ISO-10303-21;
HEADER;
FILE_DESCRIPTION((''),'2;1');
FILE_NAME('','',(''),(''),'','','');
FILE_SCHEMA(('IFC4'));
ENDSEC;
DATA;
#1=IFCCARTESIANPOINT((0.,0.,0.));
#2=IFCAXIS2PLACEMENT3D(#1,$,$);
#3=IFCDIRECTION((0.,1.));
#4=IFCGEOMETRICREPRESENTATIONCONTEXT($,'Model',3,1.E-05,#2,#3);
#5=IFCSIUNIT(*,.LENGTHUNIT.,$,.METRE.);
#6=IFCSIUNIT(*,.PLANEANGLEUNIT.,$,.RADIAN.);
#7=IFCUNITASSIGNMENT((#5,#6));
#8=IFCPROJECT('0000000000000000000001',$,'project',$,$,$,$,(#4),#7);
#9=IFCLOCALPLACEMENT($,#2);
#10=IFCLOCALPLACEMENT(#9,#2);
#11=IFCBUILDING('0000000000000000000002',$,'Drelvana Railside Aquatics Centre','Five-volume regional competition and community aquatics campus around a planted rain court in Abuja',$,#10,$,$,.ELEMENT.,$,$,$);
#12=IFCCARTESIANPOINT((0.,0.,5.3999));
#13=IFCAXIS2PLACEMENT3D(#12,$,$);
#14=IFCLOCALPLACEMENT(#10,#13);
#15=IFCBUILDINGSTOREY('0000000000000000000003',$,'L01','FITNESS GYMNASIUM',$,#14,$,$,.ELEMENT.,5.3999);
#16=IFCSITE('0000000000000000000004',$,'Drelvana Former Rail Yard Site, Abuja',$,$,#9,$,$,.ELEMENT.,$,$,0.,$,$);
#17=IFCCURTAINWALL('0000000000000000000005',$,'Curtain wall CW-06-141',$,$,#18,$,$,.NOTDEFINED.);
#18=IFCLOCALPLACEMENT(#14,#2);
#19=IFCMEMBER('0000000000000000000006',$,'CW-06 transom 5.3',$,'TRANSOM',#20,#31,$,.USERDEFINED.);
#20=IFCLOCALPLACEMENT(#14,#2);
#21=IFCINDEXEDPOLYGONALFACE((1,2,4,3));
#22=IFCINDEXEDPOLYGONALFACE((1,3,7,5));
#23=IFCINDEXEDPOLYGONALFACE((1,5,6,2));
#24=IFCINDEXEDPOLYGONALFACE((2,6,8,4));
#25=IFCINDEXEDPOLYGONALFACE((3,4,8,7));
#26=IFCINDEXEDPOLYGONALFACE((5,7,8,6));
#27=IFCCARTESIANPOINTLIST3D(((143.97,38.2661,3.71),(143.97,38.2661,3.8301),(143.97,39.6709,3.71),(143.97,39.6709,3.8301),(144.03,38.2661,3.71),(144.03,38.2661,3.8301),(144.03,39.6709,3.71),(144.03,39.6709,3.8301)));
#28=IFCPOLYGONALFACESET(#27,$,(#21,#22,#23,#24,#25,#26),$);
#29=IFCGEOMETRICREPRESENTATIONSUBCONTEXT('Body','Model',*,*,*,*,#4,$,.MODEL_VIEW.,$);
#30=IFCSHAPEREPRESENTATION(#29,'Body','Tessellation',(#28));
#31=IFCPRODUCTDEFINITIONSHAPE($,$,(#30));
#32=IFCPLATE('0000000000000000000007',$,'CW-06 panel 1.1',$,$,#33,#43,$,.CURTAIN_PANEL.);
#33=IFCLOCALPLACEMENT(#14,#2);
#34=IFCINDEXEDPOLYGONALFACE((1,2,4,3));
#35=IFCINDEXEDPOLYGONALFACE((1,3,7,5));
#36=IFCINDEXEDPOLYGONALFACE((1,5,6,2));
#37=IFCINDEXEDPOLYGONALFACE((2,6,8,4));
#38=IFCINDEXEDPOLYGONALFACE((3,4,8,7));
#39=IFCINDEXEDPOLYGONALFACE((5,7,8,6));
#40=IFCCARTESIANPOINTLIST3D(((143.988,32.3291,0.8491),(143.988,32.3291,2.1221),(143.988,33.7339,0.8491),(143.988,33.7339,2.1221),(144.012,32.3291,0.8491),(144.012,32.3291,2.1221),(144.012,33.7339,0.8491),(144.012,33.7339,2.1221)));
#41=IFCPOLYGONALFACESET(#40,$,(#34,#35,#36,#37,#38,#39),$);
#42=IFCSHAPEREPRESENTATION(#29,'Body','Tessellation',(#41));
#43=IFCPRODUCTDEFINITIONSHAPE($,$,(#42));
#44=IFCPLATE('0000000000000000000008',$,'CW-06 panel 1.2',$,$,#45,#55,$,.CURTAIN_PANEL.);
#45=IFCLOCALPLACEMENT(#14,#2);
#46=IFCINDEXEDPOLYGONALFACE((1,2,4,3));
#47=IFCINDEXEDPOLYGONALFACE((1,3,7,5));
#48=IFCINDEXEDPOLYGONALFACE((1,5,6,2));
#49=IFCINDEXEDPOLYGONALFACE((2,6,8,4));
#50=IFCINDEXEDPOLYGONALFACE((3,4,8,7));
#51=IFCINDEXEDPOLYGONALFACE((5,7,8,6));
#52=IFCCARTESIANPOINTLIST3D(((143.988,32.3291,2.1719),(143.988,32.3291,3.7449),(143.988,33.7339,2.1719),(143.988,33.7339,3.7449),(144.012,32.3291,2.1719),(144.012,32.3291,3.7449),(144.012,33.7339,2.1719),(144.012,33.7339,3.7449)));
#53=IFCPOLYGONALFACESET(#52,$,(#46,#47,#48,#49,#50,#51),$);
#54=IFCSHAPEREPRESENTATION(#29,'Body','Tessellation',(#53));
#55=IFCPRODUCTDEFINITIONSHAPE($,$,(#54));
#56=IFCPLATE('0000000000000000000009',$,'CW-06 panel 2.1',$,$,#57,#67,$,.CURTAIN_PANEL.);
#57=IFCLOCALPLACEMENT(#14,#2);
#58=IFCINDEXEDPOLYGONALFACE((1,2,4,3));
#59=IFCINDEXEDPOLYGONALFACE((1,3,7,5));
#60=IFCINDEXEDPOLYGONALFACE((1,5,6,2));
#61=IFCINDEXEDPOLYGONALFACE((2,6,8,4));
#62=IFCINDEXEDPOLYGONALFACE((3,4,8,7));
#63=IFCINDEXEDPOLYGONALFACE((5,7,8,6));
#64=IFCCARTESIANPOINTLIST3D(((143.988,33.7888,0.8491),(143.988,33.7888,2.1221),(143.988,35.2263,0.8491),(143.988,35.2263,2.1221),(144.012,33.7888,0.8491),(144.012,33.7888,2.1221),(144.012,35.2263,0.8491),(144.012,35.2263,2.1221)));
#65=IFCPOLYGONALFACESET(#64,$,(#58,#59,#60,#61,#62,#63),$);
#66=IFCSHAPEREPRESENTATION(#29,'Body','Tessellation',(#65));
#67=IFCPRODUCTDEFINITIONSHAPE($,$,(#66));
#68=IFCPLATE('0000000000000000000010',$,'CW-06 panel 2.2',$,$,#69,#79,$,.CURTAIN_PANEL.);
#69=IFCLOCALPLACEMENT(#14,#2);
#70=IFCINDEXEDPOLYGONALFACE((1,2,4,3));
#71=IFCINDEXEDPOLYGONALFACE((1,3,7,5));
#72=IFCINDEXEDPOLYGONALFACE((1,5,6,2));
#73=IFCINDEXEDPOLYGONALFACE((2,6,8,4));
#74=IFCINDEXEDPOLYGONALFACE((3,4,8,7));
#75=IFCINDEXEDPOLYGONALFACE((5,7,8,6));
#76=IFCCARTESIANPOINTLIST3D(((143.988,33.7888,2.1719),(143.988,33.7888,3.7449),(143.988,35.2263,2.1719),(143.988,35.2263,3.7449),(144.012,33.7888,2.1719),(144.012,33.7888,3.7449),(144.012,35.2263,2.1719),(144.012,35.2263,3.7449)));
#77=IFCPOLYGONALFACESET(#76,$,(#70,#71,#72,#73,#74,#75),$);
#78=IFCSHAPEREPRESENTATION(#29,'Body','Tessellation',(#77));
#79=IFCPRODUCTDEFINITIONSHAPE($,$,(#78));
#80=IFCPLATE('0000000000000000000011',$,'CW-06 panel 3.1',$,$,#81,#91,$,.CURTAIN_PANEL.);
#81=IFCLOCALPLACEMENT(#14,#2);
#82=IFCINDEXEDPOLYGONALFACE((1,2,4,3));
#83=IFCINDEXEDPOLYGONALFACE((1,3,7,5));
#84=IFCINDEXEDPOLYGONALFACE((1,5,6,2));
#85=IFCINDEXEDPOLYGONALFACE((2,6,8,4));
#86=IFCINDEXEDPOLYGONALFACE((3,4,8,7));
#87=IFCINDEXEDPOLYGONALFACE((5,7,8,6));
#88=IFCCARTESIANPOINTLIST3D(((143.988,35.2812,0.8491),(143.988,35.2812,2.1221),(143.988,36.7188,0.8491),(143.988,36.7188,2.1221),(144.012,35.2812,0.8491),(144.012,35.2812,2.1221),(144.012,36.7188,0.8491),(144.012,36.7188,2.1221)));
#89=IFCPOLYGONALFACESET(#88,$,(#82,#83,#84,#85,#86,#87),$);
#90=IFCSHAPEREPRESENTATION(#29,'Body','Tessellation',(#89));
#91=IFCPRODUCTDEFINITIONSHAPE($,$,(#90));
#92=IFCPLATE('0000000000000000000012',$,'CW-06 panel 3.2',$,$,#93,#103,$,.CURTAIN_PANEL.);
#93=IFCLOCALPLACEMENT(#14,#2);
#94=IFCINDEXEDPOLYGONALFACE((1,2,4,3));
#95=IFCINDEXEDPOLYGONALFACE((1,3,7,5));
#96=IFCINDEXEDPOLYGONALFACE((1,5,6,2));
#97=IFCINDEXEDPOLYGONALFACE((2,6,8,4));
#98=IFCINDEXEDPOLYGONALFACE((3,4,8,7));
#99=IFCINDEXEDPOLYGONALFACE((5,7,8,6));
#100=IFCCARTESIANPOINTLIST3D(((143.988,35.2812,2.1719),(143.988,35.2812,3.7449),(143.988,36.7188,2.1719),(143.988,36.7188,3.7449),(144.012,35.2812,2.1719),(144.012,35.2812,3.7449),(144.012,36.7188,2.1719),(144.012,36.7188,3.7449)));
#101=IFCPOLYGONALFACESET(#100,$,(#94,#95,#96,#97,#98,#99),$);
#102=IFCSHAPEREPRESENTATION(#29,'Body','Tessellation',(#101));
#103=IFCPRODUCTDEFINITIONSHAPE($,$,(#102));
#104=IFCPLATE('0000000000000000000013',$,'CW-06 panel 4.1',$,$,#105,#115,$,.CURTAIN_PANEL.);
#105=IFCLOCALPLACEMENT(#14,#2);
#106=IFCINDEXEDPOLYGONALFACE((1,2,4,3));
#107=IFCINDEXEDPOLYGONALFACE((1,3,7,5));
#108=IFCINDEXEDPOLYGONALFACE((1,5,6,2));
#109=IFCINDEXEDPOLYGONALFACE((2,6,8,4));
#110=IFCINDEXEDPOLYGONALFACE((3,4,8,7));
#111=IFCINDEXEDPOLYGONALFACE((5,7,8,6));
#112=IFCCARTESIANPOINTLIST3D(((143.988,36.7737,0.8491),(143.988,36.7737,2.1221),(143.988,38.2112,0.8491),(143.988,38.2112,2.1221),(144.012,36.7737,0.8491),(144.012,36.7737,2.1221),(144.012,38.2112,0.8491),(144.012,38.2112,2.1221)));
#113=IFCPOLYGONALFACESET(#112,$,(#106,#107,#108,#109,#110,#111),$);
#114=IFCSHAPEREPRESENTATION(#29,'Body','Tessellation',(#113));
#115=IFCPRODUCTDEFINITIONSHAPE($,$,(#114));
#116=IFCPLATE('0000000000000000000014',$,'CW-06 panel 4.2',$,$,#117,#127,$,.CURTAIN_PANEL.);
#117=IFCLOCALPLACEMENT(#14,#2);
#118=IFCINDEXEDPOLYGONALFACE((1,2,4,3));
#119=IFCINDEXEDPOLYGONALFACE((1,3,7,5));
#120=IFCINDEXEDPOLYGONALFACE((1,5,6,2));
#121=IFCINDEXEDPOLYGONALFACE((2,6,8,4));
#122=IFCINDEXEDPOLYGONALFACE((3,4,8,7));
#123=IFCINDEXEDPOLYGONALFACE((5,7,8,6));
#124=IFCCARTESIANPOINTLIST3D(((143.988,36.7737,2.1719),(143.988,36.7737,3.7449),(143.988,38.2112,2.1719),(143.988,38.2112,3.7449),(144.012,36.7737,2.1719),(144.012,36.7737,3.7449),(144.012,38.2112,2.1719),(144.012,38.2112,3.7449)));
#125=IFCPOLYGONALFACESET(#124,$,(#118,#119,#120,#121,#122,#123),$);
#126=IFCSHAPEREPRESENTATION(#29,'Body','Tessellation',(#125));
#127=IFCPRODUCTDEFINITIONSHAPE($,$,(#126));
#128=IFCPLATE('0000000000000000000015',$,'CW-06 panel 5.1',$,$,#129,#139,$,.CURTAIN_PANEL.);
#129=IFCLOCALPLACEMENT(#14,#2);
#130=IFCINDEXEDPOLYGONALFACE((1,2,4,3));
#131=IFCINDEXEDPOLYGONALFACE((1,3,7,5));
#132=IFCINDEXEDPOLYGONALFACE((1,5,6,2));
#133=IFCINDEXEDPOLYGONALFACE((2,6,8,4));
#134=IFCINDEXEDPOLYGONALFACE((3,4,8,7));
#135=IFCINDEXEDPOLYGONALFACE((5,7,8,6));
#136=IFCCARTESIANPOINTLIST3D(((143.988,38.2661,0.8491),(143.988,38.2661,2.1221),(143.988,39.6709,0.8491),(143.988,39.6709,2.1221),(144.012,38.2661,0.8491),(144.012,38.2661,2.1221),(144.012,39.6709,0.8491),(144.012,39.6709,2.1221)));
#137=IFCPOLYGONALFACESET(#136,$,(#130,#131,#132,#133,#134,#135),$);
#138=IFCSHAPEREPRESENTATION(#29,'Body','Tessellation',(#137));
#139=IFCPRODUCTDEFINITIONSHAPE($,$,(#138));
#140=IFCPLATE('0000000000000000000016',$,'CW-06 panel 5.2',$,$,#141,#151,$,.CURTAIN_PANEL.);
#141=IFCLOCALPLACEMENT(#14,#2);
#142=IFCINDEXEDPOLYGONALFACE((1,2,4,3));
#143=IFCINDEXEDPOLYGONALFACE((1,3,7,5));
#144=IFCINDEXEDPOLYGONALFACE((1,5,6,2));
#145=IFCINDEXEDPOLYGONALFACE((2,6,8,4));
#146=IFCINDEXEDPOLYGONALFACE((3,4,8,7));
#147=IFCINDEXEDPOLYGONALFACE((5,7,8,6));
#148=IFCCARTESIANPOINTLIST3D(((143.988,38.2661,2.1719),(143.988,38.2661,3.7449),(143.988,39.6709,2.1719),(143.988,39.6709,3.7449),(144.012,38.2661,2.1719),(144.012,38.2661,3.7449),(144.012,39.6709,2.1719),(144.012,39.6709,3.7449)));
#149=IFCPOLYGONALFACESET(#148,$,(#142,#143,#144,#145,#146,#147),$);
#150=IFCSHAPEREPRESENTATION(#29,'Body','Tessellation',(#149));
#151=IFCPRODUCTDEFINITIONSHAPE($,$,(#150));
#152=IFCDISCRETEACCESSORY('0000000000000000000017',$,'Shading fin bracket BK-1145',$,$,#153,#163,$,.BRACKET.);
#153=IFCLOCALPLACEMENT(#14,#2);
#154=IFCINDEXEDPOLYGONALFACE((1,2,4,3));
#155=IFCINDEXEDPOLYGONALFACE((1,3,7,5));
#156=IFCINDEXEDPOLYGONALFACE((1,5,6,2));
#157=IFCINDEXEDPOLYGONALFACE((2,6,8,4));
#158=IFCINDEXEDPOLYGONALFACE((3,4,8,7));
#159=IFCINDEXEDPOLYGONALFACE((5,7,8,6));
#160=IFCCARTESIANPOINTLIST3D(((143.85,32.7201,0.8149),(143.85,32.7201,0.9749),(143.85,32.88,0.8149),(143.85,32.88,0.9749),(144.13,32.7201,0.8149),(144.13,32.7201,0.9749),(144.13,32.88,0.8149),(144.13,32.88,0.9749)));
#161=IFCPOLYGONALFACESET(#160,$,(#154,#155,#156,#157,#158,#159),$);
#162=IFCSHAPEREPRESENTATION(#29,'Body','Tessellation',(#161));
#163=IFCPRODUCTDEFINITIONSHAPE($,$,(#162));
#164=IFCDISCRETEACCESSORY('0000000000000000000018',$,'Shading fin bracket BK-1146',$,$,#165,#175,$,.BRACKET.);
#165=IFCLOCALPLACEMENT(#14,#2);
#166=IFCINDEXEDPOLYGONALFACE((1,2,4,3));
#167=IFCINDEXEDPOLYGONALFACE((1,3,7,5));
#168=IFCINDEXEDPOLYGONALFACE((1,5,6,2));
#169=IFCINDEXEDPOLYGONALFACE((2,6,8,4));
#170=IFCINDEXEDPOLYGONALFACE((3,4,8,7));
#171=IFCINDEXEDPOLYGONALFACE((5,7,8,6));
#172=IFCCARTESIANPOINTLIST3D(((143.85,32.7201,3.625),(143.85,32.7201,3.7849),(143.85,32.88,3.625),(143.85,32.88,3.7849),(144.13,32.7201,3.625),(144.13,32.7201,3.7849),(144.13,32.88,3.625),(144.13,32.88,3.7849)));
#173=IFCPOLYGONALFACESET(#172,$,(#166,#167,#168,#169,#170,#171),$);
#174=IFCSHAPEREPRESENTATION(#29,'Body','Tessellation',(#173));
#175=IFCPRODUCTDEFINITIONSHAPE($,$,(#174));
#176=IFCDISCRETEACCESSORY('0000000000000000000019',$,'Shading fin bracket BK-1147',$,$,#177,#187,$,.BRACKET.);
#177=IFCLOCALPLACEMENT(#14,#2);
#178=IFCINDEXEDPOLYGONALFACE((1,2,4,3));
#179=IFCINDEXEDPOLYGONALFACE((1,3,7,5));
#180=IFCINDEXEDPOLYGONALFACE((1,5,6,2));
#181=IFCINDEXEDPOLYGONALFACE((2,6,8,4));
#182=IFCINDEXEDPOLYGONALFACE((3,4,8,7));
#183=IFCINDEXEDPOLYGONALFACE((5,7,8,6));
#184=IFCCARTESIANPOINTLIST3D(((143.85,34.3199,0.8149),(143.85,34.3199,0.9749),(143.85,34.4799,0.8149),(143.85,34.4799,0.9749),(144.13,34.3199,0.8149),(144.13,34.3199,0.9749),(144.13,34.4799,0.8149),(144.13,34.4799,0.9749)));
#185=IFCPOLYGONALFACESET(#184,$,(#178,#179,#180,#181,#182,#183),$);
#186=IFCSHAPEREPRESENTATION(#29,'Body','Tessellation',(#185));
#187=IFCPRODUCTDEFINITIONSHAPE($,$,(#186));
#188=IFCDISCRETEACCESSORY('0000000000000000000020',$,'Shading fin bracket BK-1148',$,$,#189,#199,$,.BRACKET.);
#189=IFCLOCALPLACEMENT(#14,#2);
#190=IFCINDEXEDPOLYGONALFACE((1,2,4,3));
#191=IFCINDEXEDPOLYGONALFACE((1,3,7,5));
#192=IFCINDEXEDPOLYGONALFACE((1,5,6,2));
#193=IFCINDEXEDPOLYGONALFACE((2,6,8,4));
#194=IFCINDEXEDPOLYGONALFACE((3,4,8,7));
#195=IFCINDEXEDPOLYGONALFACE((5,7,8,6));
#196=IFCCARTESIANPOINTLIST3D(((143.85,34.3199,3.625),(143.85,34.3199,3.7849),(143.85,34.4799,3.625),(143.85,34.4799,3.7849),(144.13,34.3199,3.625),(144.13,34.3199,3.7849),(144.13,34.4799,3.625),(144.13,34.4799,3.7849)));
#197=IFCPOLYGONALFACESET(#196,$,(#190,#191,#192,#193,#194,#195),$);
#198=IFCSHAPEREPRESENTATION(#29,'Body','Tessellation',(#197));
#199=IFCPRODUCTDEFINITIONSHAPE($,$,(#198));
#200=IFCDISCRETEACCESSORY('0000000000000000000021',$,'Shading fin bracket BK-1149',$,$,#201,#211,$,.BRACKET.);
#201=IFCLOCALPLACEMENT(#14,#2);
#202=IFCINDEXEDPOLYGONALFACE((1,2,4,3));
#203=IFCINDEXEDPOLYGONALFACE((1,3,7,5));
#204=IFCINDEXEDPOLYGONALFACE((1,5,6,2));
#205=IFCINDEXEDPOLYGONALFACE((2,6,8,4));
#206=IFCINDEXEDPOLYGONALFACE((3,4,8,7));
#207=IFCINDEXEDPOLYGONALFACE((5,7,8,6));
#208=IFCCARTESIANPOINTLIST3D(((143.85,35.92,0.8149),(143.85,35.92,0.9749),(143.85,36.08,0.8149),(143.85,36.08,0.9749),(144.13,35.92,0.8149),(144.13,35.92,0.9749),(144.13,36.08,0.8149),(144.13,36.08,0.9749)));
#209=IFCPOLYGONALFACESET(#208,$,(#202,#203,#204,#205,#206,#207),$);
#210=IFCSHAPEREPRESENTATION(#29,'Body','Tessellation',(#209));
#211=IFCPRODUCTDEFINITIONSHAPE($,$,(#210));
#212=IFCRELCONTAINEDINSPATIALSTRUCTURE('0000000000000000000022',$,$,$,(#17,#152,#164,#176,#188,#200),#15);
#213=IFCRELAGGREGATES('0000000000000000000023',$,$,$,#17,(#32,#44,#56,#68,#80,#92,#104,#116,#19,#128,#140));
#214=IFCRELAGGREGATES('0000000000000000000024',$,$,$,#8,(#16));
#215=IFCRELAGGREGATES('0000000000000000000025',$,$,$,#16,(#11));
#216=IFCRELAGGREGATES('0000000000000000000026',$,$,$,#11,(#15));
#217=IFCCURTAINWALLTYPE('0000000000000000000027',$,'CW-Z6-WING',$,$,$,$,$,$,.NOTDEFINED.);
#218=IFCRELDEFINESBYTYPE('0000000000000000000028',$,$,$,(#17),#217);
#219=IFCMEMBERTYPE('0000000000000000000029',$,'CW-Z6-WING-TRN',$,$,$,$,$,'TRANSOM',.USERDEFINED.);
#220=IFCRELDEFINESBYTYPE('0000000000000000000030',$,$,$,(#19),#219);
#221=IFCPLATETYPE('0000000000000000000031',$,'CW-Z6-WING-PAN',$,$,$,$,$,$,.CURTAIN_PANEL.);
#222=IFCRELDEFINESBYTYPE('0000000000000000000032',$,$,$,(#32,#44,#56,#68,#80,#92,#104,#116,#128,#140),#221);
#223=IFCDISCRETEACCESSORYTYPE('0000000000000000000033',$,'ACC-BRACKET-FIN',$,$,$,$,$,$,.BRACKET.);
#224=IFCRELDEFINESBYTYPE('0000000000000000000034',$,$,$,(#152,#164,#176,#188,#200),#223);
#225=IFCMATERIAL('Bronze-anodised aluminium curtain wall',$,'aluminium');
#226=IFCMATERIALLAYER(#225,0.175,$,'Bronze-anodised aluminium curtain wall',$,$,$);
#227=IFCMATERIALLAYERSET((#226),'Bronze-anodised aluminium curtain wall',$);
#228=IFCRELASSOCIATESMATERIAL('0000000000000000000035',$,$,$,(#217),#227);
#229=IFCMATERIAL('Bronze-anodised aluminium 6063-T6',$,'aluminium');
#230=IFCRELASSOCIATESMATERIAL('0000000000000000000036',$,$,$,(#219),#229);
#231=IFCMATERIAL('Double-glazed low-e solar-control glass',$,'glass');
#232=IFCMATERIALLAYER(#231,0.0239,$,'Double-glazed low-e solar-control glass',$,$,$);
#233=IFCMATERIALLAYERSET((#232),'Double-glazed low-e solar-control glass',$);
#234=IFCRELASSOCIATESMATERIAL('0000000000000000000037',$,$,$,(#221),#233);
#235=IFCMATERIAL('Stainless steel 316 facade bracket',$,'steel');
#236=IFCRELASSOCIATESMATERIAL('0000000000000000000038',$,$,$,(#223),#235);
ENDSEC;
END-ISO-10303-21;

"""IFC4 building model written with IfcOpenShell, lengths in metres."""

from ifc_helpers import new_model, si_unit, direction, frame, origin, origin_2d, place, context, subcontext, project, spatial, rectangle, extrude, material, layer, layer_set, material_profile, profile_set, type_object, element, aggregate, save


model = new_model("IFC4")

# Units and contexts
model_context = context("Model", 3, precision=1e-05, world=origin(), true_north=direction((0.0, 1.0)))
body_context = subcontext(model_context, "Body", "Model", "MODEL_VIEW")
ifc_project = project(units=[si_unit("LENGTHUNIT", "METRE"), si_unit("PLANEANGLEUNIT", "RADIAN")], contexts=[model_context])

# Site, building, storey
site_placement = place(None, origin())
site = spatial("IfcSite", under=ifc_project, at=site_placement, Name="Drelvana Former Rail Yard Site, Abuja", CompositionType="ELEMENT", RefElevation=0.0)
building_placement = place(site_placement, origin())
building = spatial("IfcBuilding", under=site, at=building_placement, Name="Drelvana Railside Aquatics Centre", Description="Five-volume regional competition and community aquatics campus around a planted rain court in Abuja", CompositionType="ELEMENT")
storey_placement = place(building_placement, frame((0.0, 0.0, 5.3999)))
storey = spatial("IfcBuildingStorey", under=building, at=storey_placement, Name="L01", Description="FITNESS GYMNASIUM", CompositionType="ELEMENT", Elevation=5.3999)

# Curtain wall, member, plates
ifc_material_1 = material(Name="Bronze-anodised aluminium curtain wall", Category="aluminium")
ifc_layer_1 = layer(ifc_material_1, 0.175, Name="Bronze-anodised aluminium curtain wall")
ifc_layer_set_1 = layer_set([ifc_layer_1], Name="Bronze-anodised aluminium curtain wall")
curtain_wall_type = type_object("IfcCurtainWallType", Name="CW-Z6-WING", PredefinedType="NOTDEFINED", material=ifc_layer_set_1)
curtain_wall_placement = place(storey_placement, origin())
curtain_wall = element("IfcCurtainWall", 1, at=curtain_wall_placement, inside=storey, type_object=curtain_wall_type, Name="Curtain wall CW-06-141", PredefinedType="NOTDEFINED")
ifc_material_2 = material(Name="Bronze-anodised aluminium 6063-T6", Category="aluminium")
ifc_material_profile_1 = material_profile(ifc_material_2, rectangle(XDim=0.1201, YDim=0.0601, at=origin_2d()), Name="ALU-T 60x120")
ifc_profile_set_1 = profile_set([ifc_material_profile_1], Name="Bronze-anodised aluminium 6063-T6")
member_type_1 = type_object("IfcMemberType", Name="CW-Z6-WING-TRN", ElementType="TRANSOM", PredefinedType="USERDEFINED", material=ifc_profile_set_1)
member_1_placement = place(storey_placement, frame((144.0, 38.2661, 3.77), z_axis=(0.0, 1.0, 0.0), x_axis=(0.0, 0.0, 1.0)))
member_1 = element("IfcMember", 2, at=member_1_placement, type_object=member_type_1, Name="CW-06 transom 5.3", ObjectType="TRANSOM", PredefinedType="USERDEFINED", context=body_context, shape_type="SweptSolid", body=[
    extrude(rectangle(XDim=0.1201, YDim=0.0601, at=origin_2d()), origin(), (0.0, 0.0, 1.0), 1.4048),
])
ifc_material_3 = material(Name="Double-glazed low-e solar-control glass", Category="glass")
ifc_layer_2 = layer(ifc_material_3, 0.0239, Name="Double-glazed low-e solar-control glass")
ifc_layer_set_2 = layer_set([ifc_layer_2], Name="Double-glazed low-e solar-control glass")
plate_type = type_object("IfcPlateType", Name="CW-Z6-WING-PAN", PredefinedType="CURTAIN_PANEL", material=ifc_layer_set_2)
plate_1_placement = place(storey_placement, frame((144.0, 33.0315, 0.8491), z_axis=(0.0, 0.0, 1.0), x_axis=(0.0, 1.0, 0.0)))
plate_1 = element("IfcPlate", 3, at=plate_1_placement, type_object=plate_type, Name="CW-06 panel 1.1", PredefinedType="CURTAIN_PANEL", context=body_context, shape_type="SweptSolid", body=[
    extrude(rectangle(XDim=1.4048, YDim=0.0239, at=origin_2d()), origin(), (0.0, 0.0, 1.0), 1.2729),
])
plate_2_placement = place(storey_placement, frame((144.0, 33.0315, 2.1719), z_axis=(0.0, 0.0, 1.0), x_axis=(0.0, 1.0, 0.0)))
plate_2 = element("IfcPlate", 4, at=plate_2_placement, type_object=plate_type, Name="CW-06 panel 1.2", PredefinedType="CURTAIN_PANEL", context=body_context, shape_type="SweptSolid", body=[
    extrude(rectangle(XDim=1.4048, YDim=0.0239, at=origin_2d()), origin(), (0.0, 0.0, 1.0), 1.573),
])
plate_3_placement = place(storey_placement, frame((144.0, 34.5076, 0.8491), z_axis=(0.0, 0.0, 1.0), x_axis=(0.0, 1.0, 0.0)))
plate_3 = element("IfcPlate", 5, at=plate_3_placement, type_object=plate_type, Name="CW-06 panel 2.1", PredefinedType="CURTAIN_PANEL", context=body_context, shape_type="SweptSolid", body=[
    extrude(rectangle(XDim=1.4375, YDim=0.0239, at=origin_2d()), origin(), (0.0, 0.0, 1.0), 1.2729),
])
plate_4_placement = place(storey_placement, frame((144.0, 34.5076, 2.1719), z_axis=(0.0, 0.0, 1.0), x_axis=(0.0, 1.0, 0.0)))
plate_4 = element("IfcPlate", 6, at=plate_4_placement, type_object=plate_type, Name="CW-06 panel 2.2", PredefinedType="CURTAIN_PANEL", context=body_context, shape_type="SweptSolid", body=[
    extrude(rectangle(XDim=1.4375, YDim=0.0239, at=origin_2d()), origin(), (0.0, 0.0, 1.0), 1.573),
])
plate_5_placement = place(storey_placement, frame((144.0, 36.0, 0.8491), z_axis=(0.0, 0.0, 1.0), x_axis=(0.0, 1.0, 0.0)))
plate_5 = element("IfcPlate", 7, at=plate_5_placement, type_object=plate_type, Name="CW-06 panel 3.1", PredefinedType="CURTAIN_PANEL", context=body_context, shape_type="SweptSolid", body=[
    extrude(rectangle(XDim=1.4375, YDim=0.0239, at=origin_2d()), origin(), (0.0, 0.0, 1.0), 1.2729),
])
plate_6_placement = place(storey_placement, frame((144.0, 36.0, 2.1719), z_axis=(0.0, 0.0, 1.0), x_axis=(0.0, 1.0, 0.0)))
plate_6 = element("IfcPlate", 8, at=plate_6_placement, type_object=plate_type, Name="CW-06 panel 3.2", PredefinedType="CURTAIN_PANEL", context=body_context, shape_type="SweptSolid", body=[
    extrude(rectangle(XDim=1.4375, YDim=0.0239, at=origin_2d()), origin(), (0.0, 0.0, 1.0), 1.573),
])
plate_7_placement = place(storey_placement, frame((144.0, 37.4924, 0.8491), z_axis=(0.0, 0.0, 1.0), x_axis=(0.0, 1.0, 0.0)))
plate_7 = element("IfcPlate", 9, at=plate_7_placement, type_object=plate_type, Name="CW-06 panel 4.1", PredefinedType="CURTAIN_PANEL", context=body_context, shape_type="SweptSolid", body=[
    extrude(rectangle(XDim=1.4375, YDim=0.0239, at=origin_2d()), origin(), (0.0, 0.0, 1.0), 1.2729),
])
plate_8_placement = place(storey_placement, frame((144.0, 37.4924, 2.1719), z_axis=(0.0, 0.0, 1.0), x_axis=(0.0, 1.0, 0.0)))
plate_8 = element("IfcPlate", 10, at=plate_8_placement, type_object=plate_type, Name="CW-06 panel 4.2", PredefinedType="CURTAIN_PANEL", context=body_context, shape_type="SweptSolid", body=[
    extrude(rectangle(XDim=1.4375, YDim=0.0239, at=origin_2d()), origin(), (0.0, 0.0, 1.0), 1.573),
])
plate_9_placement = place(storey_placement, frame((144.0, 38.9685, 0.8491), z_axis=(0.0, 0.0, 1.0), x_axis=(0.0, 1.0, 0.0)))
plate_9 = element("IfcPlate", 11, at=plate_9_placement, type_object=plate_type, Name="CW-06 panel 5.1", PredefinedType="CURTAIN_PANEL", context=body_context, shape_type="SweptSolid", body=[
    extrude(rectangle(XDim=1.4048, YDim=0.0239, at=origin_2d()), origin(), (0.0, 0.0, 1.0), 1.2729),
])
plate_10_placement = place(storey_placement, frame((144.0, 38.9685, 2.1719), z_axis=(0.0, 0.0, 1.0), x_axis=(0.0, 1.0, 0.0)))
plate_10 = element("IfcPlate", 12, at=plate_10_placement, type_object=plate_type, Name="CW-06 panel 5.2", PredefinedType="CURTAIN_PANEL", context=body_context, shape_type="SweptSolid", body=[
    extrude(rectangle(XDim=1.4048, YDim=0.0239, at=origin_2d()), origin(), (0.0, 0.0, 1.0), 1.573),
])
aggregate(curtain_wall, [plate_1, plate_2, plate_3, plate_4, plate_5, plate_6, plate_7, plate_8, member_1, plate_9, plate_10])

# Discrete accessories
ifc_material_4 = material(Name="Stainless steel 316 facade bracket", Category="steel")
discrete_accessory_type = type_object("IfcDiscreteAccessoryType", Name="ACC-BRACKET-FIN", PredefinedType="BRACKET", material=ifc_material_4)
for number, where, z_axis, x_axis, name in (
    (13, (143.99, 32.8, 0.8149), (0.0, 0.0, 1.0), (-1.0, 0.0, 0.0), "Shading fin bracket BK-1145"),
    (14, (143.99, 32.8, 3.625), (0.0, 0.0, 1.0), (-1.0, 0.0, 0.0), "Shading fin bracket BK-1146"),
    (15, (143.99, 34.3999, 0.8149), (0.0, 0.0, 1.0), (-1.0, 0.0, 0.0), "Shading fin bracket BK-1147"),
    (16, (143.99, 34.3999, 3.625), (0.0, 0.0, 1.0), (-1.0, 0.0, 0.0), "Shading fin bracket BK-1148"),
    (17, (143.99, 36.0, 0.8149), (0.0, 0.0, 1.0), (-1.0, 0.0, 0.0), "Shading fin bracket BK-1149"),
):
    element("IfcDiscreteAccessory", number, at=place(storey_placement, frame(where, z_axis=z_axis, x_axis=x_axis)), inside=storey, type_object=discrete_accessory_type, Name=name, PredefinedType="BRACKET", context=body_context, shape_type="SweptSolid", body=[
        extrude(rectangle(XDim=0.28, YDim=0.1599, at=origin_2d()), origin(), (0.0, 0.0, 1.0), 0.1599),
    ])

save(model, "model.ifc")
